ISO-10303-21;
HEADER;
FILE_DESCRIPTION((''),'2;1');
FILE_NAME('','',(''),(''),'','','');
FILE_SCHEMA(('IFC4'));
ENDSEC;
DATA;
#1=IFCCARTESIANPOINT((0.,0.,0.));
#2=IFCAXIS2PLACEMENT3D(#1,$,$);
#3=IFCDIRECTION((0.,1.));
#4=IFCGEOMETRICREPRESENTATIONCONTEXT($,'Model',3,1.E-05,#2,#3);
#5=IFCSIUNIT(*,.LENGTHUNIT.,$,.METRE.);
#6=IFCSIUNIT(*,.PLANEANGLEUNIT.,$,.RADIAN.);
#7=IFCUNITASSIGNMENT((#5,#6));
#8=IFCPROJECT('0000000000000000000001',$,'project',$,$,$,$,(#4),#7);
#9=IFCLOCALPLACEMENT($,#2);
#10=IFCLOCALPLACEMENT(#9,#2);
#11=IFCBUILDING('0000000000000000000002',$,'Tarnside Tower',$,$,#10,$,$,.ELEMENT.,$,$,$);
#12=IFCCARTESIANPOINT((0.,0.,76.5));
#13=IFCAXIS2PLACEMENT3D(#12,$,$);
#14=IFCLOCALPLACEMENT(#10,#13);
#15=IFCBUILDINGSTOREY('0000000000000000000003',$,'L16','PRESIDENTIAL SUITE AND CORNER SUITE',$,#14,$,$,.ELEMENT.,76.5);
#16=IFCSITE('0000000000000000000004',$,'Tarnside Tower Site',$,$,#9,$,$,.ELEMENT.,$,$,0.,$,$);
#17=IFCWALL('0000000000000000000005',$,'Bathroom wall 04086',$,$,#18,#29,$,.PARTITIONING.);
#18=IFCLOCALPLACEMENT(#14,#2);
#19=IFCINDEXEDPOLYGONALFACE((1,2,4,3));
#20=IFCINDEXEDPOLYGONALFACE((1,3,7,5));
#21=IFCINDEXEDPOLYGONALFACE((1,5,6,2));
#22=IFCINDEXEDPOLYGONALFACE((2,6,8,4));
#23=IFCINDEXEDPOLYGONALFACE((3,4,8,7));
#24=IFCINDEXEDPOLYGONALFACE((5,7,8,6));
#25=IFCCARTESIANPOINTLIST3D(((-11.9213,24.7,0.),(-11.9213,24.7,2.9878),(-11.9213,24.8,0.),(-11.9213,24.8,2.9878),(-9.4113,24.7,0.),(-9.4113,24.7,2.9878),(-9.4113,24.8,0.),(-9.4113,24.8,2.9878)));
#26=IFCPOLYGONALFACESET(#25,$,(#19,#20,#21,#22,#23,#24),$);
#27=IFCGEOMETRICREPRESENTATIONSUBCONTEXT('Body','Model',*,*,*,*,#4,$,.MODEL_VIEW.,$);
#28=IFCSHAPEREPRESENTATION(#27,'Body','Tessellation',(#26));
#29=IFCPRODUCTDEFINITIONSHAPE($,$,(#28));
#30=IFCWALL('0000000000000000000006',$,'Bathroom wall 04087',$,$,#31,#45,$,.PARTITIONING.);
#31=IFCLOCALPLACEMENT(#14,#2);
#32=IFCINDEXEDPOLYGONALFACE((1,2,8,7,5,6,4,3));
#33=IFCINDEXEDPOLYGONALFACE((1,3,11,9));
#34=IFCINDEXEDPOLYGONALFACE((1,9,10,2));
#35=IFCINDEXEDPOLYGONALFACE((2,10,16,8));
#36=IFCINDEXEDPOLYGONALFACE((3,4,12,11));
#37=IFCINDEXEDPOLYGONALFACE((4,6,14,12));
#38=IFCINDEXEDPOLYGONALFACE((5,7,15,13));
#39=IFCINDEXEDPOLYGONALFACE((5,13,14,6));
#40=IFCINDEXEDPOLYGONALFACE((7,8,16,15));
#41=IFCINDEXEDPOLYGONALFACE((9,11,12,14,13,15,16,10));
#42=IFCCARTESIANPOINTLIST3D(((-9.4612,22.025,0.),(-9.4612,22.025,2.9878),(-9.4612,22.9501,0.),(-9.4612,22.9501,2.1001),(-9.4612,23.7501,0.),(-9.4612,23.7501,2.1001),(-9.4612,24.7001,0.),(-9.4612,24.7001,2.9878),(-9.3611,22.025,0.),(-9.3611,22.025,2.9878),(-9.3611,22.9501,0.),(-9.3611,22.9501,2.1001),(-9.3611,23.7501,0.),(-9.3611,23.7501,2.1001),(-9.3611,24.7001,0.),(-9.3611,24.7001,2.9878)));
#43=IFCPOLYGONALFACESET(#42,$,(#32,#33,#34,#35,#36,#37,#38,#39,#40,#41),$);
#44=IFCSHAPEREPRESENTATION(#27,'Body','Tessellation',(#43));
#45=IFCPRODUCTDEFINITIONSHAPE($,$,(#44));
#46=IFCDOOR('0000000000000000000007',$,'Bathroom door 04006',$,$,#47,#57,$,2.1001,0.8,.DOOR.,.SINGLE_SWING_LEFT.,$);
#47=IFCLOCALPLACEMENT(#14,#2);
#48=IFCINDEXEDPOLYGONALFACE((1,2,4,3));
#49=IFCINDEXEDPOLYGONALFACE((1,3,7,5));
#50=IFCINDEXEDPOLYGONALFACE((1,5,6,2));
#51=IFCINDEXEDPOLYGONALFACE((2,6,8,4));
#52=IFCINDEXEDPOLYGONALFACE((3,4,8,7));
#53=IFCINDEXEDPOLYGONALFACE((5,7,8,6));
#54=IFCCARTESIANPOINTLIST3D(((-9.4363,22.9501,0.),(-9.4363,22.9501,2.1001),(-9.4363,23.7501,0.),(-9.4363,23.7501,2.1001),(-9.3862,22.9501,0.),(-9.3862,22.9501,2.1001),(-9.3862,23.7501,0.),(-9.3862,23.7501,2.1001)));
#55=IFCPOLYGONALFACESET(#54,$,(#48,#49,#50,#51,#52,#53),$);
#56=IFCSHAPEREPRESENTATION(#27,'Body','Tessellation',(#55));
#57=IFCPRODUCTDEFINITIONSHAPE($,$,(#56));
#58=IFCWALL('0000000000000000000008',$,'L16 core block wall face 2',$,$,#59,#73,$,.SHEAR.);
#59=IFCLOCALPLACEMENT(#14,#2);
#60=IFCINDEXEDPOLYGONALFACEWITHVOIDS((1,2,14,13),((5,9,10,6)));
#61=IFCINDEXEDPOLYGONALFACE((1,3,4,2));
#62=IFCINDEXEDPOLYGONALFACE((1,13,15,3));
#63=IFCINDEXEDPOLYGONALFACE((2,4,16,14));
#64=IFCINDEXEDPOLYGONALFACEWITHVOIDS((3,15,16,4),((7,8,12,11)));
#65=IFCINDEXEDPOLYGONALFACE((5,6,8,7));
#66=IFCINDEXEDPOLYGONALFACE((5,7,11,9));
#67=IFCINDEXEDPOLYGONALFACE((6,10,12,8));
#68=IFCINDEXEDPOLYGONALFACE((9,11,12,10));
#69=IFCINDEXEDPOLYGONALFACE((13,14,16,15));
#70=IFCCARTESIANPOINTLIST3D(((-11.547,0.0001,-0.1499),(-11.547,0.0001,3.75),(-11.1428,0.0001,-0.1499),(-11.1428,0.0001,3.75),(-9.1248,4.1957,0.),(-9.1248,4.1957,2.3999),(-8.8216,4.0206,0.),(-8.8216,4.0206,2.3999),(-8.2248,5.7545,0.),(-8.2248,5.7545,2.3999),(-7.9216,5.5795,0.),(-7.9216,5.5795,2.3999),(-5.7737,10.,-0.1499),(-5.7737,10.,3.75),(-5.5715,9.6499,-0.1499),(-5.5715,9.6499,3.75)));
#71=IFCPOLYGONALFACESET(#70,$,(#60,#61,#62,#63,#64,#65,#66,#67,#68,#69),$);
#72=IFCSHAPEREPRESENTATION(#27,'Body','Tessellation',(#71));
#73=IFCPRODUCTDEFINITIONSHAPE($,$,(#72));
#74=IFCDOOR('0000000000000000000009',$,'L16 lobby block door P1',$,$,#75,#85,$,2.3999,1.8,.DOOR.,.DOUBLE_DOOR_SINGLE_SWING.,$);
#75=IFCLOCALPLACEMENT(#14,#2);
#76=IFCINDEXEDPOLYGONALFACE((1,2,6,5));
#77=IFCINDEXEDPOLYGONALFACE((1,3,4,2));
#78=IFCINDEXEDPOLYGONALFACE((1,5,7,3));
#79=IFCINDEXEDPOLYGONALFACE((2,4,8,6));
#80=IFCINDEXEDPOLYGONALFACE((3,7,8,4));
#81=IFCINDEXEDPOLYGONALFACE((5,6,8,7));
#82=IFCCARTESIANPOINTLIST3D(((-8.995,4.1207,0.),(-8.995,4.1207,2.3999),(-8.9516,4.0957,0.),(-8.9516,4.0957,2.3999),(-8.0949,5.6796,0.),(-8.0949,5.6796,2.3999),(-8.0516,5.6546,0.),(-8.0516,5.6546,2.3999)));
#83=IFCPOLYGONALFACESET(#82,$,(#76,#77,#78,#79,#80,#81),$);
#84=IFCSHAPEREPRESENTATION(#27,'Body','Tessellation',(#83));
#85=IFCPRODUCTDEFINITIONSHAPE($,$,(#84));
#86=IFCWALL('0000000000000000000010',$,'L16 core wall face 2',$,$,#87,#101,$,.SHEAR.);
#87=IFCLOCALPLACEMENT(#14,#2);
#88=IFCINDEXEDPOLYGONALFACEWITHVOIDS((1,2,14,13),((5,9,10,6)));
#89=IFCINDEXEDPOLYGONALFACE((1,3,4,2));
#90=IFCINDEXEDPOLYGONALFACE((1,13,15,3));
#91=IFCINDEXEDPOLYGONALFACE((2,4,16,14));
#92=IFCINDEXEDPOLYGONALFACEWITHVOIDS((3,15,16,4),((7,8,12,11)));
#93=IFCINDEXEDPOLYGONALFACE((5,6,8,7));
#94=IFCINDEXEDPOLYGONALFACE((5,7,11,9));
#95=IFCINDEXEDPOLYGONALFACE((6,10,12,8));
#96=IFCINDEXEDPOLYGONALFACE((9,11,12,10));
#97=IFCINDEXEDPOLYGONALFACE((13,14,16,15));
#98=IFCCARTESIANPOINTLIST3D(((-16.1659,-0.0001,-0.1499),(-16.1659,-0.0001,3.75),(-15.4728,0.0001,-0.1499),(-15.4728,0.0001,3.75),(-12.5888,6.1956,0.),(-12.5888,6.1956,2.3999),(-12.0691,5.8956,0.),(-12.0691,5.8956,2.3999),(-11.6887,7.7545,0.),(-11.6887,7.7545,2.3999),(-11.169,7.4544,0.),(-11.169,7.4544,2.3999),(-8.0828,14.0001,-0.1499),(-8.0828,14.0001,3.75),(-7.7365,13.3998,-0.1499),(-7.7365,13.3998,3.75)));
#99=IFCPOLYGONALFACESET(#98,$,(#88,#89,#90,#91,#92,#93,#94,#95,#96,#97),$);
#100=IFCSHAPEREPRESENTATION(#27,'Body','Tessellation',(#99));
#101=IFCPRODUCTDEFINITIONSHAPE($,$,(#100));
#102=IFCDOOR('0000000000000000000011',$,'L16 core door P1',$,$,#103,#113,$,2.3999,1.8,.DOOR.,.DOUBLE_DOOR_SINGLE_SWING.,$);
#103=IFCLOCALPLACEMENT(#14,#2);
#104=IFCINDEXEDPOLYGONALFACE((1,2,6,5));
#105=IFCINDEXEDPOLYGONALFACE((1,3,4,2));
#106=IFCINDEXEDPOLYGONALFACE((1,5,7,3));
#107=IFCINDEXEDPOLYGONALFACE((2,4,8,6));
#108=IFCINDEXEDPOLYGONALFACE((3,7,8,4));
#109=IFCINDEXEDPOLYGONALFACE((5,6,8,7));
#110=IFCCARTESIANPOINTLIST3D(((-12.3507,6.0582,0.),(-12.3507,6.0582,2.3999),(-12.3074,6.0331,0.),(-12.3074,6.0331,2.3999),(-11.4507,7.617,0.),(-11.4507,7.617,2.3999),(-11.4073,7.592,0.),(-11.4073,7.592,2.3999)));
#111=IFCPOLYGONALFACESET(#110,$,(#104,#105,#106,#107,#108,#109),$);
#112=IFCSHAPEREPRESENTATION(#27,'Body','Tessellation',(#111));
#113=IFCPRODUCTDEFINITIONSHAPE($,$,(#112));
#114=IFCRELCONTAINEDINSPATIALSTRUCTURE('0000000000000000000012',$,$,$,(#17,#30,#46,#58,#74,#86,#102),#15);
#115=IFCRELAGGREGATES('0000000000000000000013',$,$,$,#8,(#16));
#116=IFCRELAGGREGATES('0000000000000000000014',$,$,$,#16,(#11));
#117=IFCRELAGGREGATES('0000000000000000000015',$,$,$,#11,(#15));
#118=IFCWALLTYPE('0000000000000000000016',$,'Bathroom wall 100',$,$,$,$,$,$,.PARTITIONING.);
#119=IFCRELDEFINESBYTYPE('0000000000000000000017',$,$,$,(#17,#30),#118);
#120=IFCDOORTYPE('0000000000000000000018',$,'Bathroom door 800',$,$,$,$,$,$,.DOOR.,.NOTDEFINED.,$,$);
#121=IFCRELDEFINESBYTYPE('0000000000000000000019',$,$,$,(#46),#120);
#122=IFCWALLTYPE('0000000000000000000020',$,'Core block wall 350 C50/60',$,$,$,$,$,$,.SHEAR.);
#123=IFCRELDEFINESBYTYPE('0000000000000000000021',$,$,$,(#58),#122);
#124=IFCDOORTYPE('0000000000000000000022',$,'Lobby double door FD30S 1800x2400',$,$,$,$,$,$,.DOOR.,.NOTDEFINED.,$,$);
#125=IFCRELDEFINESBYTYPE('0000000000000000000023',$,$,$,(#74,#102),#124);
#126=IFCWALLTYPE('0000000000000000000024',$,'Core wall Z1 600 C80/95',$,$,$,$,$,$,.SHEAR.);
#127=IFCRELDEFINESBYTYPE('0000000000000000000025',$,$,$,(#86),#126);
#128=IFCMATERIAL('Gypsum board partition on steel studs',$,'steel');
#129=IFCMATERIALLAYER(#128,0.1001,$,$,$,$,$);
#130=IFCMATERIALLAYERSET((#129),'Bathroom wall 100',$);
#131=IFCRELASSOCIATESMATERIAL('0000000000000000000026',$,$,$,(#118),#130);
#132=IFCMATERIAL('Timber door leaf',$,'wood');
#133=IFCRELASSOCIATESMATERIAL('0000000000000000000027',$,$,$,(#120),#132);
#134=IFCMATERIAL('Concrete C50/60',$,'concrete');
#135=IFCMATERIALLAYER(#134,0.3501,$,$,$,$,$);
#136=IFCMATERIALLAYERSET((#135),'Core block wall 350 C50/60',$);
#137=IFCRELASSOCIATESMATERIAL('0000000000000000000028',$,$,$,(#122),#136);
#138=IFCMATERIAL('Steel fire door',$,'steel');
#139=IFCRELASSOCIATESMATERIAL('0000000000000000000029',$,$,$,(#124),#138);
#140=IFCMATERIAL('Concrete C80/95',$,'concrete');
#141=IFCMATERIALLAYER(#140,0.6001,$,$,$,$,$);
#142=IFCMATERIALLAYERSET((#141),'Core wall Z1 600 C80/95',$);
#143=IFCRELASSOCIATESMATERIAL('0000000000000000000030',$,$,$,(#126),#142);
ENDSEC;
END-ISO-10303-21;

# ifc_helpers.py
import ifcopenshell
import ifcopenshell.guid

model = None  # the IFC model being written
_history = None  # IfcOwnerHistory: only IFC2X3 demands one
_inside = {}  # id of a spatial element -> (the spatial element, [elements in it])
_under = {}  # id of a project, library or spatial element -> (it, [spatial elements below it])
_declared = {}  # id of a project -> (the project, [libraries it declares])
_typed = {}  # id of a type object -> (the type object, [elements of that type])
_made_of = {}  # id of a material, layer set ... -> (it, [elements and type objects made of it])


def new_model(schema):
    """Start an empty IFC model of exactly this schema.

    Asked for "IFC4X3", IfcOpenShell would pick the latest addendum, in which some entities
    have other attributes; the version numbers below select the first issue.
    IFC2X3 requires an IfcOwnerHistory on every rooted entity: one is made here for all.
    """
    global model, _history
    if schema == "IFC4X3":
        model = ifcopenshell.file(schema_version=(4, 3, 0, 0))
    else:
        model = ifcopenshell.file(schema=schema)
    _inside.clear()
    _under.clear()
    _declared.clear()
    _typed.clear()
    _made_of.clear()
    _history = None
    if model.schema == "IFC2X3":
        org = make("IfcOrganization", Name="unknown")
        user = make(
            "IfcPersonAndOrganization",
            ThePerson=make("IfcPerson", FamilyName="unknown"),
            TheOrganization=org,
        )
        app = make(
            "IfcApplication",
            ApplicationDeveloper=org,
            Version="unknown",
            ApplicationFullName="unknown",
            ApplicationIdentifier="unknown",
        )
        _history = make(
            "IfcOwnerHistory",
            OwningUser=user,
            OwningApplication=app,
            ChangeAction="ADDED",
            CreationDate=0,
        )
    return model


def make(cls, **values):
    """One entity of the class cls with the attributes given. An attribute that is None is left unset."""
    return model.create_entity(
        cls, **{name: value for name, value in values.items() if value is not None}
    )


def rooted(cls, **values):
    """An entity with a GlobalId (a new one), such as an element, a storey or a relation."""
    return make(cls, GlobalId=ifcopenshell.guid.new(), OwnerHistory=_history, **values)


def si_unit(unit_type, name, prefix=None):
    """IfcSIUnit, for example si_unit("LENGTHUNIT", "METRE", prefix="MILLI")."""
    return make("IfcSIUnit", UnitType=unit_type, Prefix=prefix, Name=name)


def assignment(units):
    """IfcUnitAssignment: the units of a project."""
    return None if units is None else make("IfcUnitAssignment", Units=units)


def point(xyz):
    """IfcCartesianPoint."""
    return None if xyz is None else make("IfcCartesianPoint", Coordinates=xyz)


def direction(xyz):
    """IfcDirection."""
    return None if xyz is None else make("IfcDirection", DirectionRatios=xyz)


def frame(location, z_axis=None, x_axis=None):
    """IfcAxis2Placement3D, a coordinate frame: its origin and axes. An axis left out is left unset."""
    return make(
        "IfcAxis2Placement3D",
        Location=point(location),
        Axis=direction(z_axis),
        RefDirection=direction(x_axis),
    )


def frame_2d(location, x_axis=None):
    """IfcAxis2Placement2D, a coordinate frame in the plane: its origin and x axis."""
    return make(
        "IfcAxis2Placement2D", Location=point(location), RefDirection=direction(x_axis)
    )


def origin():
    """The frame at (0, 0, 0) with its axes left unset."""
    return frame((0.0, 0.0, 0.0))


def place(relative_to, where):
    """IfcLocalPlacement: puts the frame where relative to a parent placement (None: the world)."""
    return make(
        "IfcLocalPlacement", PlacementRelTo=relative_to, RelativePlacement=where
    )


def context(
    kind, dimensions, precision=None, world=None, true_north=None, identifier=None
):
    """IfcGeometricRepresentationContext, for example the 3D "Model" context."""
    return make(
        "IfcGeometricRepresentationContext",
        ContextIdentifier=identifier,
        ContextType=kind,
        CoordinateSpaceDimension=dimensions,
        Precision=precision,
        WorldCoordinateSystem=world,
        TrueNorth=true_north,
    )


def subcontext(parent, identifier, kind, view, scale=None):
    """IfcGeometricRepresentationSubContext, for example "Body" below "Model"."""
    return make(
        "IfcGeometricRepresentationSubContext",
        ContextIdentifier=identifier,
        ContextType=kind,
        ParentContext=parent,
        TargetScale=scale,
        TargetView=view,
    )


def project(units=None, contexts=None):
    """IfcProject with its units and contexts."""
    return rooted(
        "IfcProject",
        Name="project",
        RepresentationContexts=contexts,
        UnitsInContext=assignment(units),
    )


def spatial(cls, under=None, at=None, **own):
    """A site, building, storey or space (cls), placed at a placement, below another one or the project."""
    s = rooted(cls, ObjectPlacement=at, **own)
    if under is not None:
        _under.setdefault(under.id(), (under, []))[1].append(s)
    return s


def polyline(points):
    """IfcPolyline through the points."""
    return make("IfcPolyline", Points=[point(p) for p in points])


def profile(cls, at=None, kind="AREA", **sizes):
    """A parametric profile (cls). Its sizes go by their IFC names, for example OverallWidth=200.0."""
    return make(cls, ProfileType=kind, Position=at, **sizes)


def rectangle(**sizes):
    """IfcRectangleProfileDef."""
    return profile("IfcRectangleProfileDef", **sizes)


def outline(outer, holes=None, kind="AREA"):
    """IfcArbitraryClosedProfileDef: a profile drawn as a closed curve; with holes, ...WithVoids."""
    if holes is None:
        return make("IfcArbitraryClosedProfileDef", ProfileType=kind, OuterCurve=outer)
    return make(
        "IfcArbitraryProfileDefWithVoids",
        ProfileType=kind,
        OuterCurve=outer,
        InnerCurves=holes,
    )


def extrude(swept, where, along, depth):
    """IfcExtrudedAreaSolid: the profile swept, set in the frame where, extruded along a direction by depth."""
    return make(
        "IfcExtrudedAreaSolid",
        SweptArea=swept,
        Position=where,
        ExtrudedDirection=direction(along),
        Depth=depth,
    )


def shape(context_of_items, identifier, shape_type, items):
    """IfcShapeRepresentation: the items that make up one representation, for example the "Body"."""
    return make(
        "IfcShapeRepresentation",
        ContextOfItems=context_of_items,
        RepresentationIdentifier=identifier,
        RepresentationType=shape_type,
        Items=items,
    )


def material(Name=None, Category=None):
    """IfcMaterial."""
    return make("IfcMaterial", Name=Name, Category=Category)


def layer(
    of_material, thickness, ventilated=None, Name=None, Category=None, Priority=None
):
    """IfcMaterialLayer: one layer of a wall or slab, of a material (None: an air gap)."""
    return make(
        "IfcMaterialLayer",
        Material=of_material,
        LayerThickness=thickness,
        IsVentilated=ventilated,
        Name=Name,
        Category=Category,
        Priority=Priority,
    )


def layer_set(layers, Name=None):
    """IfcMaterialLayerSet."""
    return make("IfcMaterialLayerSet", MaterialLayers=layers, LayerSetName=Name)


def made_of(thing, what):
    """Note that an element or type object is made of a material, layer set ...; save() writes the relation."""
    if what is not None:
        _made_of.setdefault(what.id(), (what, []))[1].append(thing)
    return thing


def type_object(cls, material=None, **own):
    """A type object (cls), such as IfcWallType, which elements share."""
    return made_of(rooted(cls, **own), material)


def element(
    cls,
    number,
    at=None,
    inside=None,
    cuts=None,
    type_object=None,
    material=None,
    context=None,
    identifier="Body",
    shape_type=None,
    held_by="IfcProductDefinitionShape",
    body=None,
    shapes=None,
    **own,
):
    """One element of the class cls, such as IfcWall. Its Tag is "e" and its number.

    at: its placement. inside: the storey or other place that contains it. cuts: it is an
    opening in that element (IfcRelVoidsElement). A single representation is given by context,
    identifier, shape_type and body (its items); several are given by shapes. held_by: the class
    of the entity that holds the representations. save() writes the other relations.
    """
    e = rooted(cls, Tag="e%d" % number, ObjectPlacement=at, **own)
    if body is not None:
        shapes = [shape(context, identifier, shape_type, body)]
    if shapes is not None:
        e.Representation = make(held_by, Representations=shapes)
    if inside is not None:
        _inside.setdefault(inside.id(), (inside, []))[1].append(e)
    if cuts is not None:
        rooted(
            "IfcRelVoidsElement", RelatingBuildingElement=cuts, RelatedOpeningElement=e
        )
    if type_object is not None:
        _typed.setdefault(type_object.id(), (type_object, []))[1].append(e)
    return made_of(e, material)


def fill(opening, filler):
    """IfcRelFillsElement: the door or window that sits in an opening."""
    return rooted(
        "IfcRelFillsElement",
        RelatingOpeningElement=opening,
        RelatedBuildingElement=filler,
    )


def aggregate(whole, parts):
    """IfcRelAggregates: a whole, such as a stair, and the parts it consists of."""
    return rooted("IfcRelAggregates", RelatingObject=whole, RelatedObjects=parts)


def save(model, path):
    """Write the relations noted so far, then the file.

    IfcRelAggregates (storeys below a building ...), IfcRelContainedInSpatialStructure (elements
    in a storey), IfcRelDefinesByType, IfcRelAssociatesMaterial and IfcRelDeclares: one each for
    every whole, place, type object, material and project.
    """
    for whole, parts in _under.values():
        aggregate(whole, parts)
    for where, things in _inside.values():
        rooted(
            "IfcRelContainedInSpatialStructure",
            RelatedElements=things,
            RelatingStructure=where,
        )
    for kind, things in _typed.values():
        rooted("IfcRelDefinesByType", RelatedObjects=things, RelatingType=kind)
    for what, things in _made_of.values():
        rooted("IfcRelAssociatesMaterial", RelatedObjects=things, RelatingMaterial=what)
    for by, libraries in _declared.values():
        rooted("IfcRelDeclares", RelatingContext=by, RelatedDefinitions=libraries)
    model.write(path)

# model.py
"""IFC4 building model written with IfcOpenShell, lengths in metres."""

from ifc_helpers import new_model, si_unit, direction, frame, frame_2d, origin, place, context, subcontext, project, spatial, polyline, rectangle, outline, extrude, material, layer, layer_set, type_object, element, fill, save


model = new_model("IFC4")

# Units and contexts
model_context = context("Model", 3, precision=1e-05, world=origin(), true_north=direction((0.0, 1.0)))
body_context = subcontext(model_context, "Body", "Model", "MODEL_VIEW")
ifc_project = project(units=[si_unit("LENGTHUNIT", "METRE"), si_unit("PLANEANGLEUNIT", "RADIAN")], contexts=[model_context])

# Site, building, storey
site_placement = place(None, origin())
site = spatial("IfcSite", under=ifc_project, at=site_placement, Name="Tarnside Tower Site", CompositionType="ELEMENT", RefElevation=0.0)
building_placement = place(site_placement, origin())
building = spatial("IfcBuilding", under=site, at=building_placement, Name="Tarnside Tower", CompositionType="ELEMENT")
storey_placement = place(building_placement, frame((0.0, 0.0, 76.5)))
storey = spatial("IfcBuildingStorey", under=building, at=storey_placement, Name="L16", Description="PRESIDENTIAL SUITE AND CORNER SUITE", CompositionType="ELEMENT", Elevation=76.5)

# Wall
ifc_material_1 = material(Name="Gypsum board partition on steel studs", Category="steel")
ifc_layer_1 = layer(ifc_material_1, 0.1001)
ifc_layer_set_1 = layer_set([ifc_layer_1], Name="Bathroom wall 100")
wall_type_1 = type_object("IfcWallType", Name="Bathroom wall 100", PredefinedType="PARTITIONING", material=ifc_layer_set_1)
wall_1_placement = place(storey_placement, frame((-11.9211, 24.75, 0.0), z_axis=(0.0, 0.0, 1.0), x_axis=(1.0, 0.0, 0.0)))
element("IfcWall", 1, at=wall_1_placement, inside=storey, type_object=wall_type_1, Name="Bathroom wall 04086", PredefinedType="PARTITIONING", context=body_context, shape_type="SweptSolid", body=[
    extrude(rectangle(XDim=2.51, YDim=0.1001, at=frame_2d((1.2549, 0.0))), origin(), (0.0, 0.0, 1.0), 2.9878),
])

# Walls, openings, doors
wall_2_placement = place(storey_placement, frame((-9.4111, 24.7, 0.0), z_axis=(0.0, 0.0, 1.0), x_axis=(0.0, -1.0, 0.0)))
wall_2 = element("IfcWall", 2, at=wall_2_placement, inside=storey, type_object=wall_type_1, Name="Bathroom wall 04087", PredefinedType="PARTITIONING", context=body_context, shape_type="SweptSolid", body=[
    extrude(rectangle(XDim=2.675, YDim=0.1001, at=frame_2d((1.3374, 0.0))), origin(), (0.0, 0.0, 1.0), 2.9878),
])
opening_1_placement = place(wall_2_placement, frame((0.95, 0.0, 0.0)))
opening_1 = element("IfcOpeningElement", 3, at=opening_1_placement, cuts=wall_2, PredefinedType="OPENING", context=body_context, shape_type="SweptSolid", body=[
    extrude(rectangle(XDim=0.8, YDim=2.1001, at=frame_2d((0.3999, 1.05))), frame((0.0, 0.0601, 0.0), z_axis=(0.0, -1.0, 0.0), x_axis=(1.0, 0.0, 0.0)), (0.0, 0.0, 1.0), 0.1201),
])
ifc_material_2 = material(Name="Timber door leaf", Category="wood")
door_type_1 = type_object("IfcDoorType", Name="Bathroom door 800", OperationType="NOTDEFINED", PredefinedType="DOOR", material=ifc_material_2)
door_1_placement = place(opening_1_placement, origin())
door_1 = element("IfcDoor", 4, at=door_1_placement, inside=storey, type_object=door_type_1, Name="Bathroom door 04006", OperationType="SINGLE_SWING_LEFT", OverallHeight=2.1001, OverallWidth=0.8, PredefinedType="DOOR", context=body_context, shape_type="SweptSolid", body=[
    extrude(rectangle(XDim=0.8, YDim=2.1001, at=frame_2d((0.3999, 1.05))), frame((0.0, 0.0249, 0.0), z_axis=(0.0, -1.0, 0.0), x_axis=(1.0, 0.0, 0.0)), (0.0, 0.0, 1.0), 0.05),
])
fill(opening_1, door_1)
ifc_material_3 = material(Name="Concrete C50/60", Category="concrete")
ifc_layer_2 = layer(ifc_material_3, 0.3501)
ifc_layer_set_2 = layer_set([ifc_layer_2], Name="Core block wall 350 C50/60")
wall_type_2 = type_object("IfcWallType", Name="Core block wall 350 C50/60", PredefinedType="SHEAR", material=ifc_layer_set_2)
wall_3_placement = place(storey_placement, frame((-5.6726, 9.825, -0.1499), z_axis=(0.0, 0.0, 1.0), x_axis=(-0.499995, -0.866028, 0.0)))
wall_3 = element("IfcWall", 5, at=wall_3_placement, inside=storey, type_object=wall_type_2, Name="L16 core block wall face 2", PredefinedType="SHEAR", context=body_context, shape_type="SweptSolid", body=[
    extrude(outline(polyline([(-0.1011, -0.175), (11.4458, -0.175), (11.2437, 0.175), (0.1011, 0.175), (-0.1011, -0.175)])), origin(), (0.0, 0.0, 1.0), 3.8999),
])
opening_2_placement = place(wall_3_placement, frame((4.8013, 0.0, 0.1499)))
opening_2 = element("IfcOpeningElement", 6, at=opening_2_placement, cuts=wall_3, PredefinedType="OPENING", context=body_context, shape_type="SweptSolid", body=[
    extrude(rectangle(XDim=1.8, YDim=2.3999, at=frame_2d((0.8999, 1.2))), frame((0.0, 0.1851, 0.0), z_axis=(0.0, -1.0, 0.0), x_axis=(1.0, 0.0, 0.0)), (0.0, 0.0, 1.0), 0.3701),
])
ifc_material_4 = material(Name="Steel fire door", Category="steel")
door_type_2 = type_object("IfcDoorType", Name="Lobby double door FD30S 1800x2400", OperationType="NOTDEFINED", PredefinedType="DOOR", material=ifc_material_4)
door_2_placement = place(opening_2_placement, origin())
door_2 = element("IfcDoor", 7, at=door_2_placement, inside=storey, type_object=door_type_2, Name="L16 lobby block door P1", OperationType="DOUBLE_DOOR_SINGLE_SWING", OverallHeight=2.3999, OverallWidth=1.8, PredefinedType="DOOR", context=body_context, shape_type="SweptSolid", body=[
    extrude(rectangle(XDim=1.8, YDim=2.3999, at=frame_2d((0.8999, 1.2))), frame((0.0, 0.0249, 0.0), z_axis=(0.0, -1.0, 0.0), x_axis=(1.0, 0.0, 0.0)), (0.0, 0.0, 1.0), 0.05),
])
fill(opening_2, door_2)
ifc_material_5 = material(Name="Concrete C80/95", Category="concrete")
ifc_layer_3 = layer(ifc_material_5, 0.6001)
ifc_layer_set_3 = layer_set([ifc_layer_3], Name="Core wall Z1 600 C80/95")
wall_type_3 = type_object("IfcWallType", Name="Core wall Z1 600 C80/95", PredefinedType="SHEAR", material=ifc_layer_set_3)
wall_4_placement = place(storey_placement, frame((-7.9097, 13.7, -0.1499), z_axis=(0.0, 0.0, 1.0), x_axis=(-0.5, -0.866025, 0.0)))
wall_4 = element("IfcWall", 8, at=wall_4_placement, inside=storey, type_object=wall_type_3, Name="L16 core wall face 2", PredefinedType="SHEAR", context=body_context, shape_type="SweptSolid", body=[
    extrude(outline(polyline([(-0.1733, -0.3), (15.9927, -0.3), (15.646, 0.3), (0.1733, 0.3), (-0.1733, -0.3)])), origin(), (0.0, 0.0, 1.0), 3.8999),
])
opening_3_placement = place(wall_4_placement, frame((7.0386, 0.0, 0.1499)))
opening_3 = element("IfcOpeningElement", 9, at=opening_3_placement, cuts=wall_4, PredefinedType="OPENING", context=body_context, shape_type="SweptSolid", body=[
    extrude(rectangle(XDim=1.8, YDim=2.3999, at=frame_2d((0.8999, 1.2))), frame((0.0, 0.3101, 0.0), z_axis=(0.0, -1.0, 0.0), x_axis=(1.0, 0.0, 0.0)), (0.0, 0.0, 1.0), 0.6201),
])
door_3_placement = place(opening_3_placement, origin())
door_3 = element("IfcDoor", 10, at=door_3_placement, inside=storey, type_object=door_type_2, Name="L16 core door P1", OperationType="DOUBLE_DOOR_SINGLE_SWING", OverallHeight=2.3999, OverallWidth=1.8, PredefinedType="DOOR", context=body_context, shape_type="SweptSolid", body=[
    extrude(rectangle(XDim=1.8, YDim=2.3999, at=frame_2d((0.8999, 1.2))), frame((0.0, 0.0249, 0.0), z_axis=(0.0, -1.0, 0.0), x_axis=(1.0, 0.0, 0.0)), (0.0, 0.0, 1.0), 0.05),
])
fill(opening_3, door_3)

save(model, "model.ifc")
